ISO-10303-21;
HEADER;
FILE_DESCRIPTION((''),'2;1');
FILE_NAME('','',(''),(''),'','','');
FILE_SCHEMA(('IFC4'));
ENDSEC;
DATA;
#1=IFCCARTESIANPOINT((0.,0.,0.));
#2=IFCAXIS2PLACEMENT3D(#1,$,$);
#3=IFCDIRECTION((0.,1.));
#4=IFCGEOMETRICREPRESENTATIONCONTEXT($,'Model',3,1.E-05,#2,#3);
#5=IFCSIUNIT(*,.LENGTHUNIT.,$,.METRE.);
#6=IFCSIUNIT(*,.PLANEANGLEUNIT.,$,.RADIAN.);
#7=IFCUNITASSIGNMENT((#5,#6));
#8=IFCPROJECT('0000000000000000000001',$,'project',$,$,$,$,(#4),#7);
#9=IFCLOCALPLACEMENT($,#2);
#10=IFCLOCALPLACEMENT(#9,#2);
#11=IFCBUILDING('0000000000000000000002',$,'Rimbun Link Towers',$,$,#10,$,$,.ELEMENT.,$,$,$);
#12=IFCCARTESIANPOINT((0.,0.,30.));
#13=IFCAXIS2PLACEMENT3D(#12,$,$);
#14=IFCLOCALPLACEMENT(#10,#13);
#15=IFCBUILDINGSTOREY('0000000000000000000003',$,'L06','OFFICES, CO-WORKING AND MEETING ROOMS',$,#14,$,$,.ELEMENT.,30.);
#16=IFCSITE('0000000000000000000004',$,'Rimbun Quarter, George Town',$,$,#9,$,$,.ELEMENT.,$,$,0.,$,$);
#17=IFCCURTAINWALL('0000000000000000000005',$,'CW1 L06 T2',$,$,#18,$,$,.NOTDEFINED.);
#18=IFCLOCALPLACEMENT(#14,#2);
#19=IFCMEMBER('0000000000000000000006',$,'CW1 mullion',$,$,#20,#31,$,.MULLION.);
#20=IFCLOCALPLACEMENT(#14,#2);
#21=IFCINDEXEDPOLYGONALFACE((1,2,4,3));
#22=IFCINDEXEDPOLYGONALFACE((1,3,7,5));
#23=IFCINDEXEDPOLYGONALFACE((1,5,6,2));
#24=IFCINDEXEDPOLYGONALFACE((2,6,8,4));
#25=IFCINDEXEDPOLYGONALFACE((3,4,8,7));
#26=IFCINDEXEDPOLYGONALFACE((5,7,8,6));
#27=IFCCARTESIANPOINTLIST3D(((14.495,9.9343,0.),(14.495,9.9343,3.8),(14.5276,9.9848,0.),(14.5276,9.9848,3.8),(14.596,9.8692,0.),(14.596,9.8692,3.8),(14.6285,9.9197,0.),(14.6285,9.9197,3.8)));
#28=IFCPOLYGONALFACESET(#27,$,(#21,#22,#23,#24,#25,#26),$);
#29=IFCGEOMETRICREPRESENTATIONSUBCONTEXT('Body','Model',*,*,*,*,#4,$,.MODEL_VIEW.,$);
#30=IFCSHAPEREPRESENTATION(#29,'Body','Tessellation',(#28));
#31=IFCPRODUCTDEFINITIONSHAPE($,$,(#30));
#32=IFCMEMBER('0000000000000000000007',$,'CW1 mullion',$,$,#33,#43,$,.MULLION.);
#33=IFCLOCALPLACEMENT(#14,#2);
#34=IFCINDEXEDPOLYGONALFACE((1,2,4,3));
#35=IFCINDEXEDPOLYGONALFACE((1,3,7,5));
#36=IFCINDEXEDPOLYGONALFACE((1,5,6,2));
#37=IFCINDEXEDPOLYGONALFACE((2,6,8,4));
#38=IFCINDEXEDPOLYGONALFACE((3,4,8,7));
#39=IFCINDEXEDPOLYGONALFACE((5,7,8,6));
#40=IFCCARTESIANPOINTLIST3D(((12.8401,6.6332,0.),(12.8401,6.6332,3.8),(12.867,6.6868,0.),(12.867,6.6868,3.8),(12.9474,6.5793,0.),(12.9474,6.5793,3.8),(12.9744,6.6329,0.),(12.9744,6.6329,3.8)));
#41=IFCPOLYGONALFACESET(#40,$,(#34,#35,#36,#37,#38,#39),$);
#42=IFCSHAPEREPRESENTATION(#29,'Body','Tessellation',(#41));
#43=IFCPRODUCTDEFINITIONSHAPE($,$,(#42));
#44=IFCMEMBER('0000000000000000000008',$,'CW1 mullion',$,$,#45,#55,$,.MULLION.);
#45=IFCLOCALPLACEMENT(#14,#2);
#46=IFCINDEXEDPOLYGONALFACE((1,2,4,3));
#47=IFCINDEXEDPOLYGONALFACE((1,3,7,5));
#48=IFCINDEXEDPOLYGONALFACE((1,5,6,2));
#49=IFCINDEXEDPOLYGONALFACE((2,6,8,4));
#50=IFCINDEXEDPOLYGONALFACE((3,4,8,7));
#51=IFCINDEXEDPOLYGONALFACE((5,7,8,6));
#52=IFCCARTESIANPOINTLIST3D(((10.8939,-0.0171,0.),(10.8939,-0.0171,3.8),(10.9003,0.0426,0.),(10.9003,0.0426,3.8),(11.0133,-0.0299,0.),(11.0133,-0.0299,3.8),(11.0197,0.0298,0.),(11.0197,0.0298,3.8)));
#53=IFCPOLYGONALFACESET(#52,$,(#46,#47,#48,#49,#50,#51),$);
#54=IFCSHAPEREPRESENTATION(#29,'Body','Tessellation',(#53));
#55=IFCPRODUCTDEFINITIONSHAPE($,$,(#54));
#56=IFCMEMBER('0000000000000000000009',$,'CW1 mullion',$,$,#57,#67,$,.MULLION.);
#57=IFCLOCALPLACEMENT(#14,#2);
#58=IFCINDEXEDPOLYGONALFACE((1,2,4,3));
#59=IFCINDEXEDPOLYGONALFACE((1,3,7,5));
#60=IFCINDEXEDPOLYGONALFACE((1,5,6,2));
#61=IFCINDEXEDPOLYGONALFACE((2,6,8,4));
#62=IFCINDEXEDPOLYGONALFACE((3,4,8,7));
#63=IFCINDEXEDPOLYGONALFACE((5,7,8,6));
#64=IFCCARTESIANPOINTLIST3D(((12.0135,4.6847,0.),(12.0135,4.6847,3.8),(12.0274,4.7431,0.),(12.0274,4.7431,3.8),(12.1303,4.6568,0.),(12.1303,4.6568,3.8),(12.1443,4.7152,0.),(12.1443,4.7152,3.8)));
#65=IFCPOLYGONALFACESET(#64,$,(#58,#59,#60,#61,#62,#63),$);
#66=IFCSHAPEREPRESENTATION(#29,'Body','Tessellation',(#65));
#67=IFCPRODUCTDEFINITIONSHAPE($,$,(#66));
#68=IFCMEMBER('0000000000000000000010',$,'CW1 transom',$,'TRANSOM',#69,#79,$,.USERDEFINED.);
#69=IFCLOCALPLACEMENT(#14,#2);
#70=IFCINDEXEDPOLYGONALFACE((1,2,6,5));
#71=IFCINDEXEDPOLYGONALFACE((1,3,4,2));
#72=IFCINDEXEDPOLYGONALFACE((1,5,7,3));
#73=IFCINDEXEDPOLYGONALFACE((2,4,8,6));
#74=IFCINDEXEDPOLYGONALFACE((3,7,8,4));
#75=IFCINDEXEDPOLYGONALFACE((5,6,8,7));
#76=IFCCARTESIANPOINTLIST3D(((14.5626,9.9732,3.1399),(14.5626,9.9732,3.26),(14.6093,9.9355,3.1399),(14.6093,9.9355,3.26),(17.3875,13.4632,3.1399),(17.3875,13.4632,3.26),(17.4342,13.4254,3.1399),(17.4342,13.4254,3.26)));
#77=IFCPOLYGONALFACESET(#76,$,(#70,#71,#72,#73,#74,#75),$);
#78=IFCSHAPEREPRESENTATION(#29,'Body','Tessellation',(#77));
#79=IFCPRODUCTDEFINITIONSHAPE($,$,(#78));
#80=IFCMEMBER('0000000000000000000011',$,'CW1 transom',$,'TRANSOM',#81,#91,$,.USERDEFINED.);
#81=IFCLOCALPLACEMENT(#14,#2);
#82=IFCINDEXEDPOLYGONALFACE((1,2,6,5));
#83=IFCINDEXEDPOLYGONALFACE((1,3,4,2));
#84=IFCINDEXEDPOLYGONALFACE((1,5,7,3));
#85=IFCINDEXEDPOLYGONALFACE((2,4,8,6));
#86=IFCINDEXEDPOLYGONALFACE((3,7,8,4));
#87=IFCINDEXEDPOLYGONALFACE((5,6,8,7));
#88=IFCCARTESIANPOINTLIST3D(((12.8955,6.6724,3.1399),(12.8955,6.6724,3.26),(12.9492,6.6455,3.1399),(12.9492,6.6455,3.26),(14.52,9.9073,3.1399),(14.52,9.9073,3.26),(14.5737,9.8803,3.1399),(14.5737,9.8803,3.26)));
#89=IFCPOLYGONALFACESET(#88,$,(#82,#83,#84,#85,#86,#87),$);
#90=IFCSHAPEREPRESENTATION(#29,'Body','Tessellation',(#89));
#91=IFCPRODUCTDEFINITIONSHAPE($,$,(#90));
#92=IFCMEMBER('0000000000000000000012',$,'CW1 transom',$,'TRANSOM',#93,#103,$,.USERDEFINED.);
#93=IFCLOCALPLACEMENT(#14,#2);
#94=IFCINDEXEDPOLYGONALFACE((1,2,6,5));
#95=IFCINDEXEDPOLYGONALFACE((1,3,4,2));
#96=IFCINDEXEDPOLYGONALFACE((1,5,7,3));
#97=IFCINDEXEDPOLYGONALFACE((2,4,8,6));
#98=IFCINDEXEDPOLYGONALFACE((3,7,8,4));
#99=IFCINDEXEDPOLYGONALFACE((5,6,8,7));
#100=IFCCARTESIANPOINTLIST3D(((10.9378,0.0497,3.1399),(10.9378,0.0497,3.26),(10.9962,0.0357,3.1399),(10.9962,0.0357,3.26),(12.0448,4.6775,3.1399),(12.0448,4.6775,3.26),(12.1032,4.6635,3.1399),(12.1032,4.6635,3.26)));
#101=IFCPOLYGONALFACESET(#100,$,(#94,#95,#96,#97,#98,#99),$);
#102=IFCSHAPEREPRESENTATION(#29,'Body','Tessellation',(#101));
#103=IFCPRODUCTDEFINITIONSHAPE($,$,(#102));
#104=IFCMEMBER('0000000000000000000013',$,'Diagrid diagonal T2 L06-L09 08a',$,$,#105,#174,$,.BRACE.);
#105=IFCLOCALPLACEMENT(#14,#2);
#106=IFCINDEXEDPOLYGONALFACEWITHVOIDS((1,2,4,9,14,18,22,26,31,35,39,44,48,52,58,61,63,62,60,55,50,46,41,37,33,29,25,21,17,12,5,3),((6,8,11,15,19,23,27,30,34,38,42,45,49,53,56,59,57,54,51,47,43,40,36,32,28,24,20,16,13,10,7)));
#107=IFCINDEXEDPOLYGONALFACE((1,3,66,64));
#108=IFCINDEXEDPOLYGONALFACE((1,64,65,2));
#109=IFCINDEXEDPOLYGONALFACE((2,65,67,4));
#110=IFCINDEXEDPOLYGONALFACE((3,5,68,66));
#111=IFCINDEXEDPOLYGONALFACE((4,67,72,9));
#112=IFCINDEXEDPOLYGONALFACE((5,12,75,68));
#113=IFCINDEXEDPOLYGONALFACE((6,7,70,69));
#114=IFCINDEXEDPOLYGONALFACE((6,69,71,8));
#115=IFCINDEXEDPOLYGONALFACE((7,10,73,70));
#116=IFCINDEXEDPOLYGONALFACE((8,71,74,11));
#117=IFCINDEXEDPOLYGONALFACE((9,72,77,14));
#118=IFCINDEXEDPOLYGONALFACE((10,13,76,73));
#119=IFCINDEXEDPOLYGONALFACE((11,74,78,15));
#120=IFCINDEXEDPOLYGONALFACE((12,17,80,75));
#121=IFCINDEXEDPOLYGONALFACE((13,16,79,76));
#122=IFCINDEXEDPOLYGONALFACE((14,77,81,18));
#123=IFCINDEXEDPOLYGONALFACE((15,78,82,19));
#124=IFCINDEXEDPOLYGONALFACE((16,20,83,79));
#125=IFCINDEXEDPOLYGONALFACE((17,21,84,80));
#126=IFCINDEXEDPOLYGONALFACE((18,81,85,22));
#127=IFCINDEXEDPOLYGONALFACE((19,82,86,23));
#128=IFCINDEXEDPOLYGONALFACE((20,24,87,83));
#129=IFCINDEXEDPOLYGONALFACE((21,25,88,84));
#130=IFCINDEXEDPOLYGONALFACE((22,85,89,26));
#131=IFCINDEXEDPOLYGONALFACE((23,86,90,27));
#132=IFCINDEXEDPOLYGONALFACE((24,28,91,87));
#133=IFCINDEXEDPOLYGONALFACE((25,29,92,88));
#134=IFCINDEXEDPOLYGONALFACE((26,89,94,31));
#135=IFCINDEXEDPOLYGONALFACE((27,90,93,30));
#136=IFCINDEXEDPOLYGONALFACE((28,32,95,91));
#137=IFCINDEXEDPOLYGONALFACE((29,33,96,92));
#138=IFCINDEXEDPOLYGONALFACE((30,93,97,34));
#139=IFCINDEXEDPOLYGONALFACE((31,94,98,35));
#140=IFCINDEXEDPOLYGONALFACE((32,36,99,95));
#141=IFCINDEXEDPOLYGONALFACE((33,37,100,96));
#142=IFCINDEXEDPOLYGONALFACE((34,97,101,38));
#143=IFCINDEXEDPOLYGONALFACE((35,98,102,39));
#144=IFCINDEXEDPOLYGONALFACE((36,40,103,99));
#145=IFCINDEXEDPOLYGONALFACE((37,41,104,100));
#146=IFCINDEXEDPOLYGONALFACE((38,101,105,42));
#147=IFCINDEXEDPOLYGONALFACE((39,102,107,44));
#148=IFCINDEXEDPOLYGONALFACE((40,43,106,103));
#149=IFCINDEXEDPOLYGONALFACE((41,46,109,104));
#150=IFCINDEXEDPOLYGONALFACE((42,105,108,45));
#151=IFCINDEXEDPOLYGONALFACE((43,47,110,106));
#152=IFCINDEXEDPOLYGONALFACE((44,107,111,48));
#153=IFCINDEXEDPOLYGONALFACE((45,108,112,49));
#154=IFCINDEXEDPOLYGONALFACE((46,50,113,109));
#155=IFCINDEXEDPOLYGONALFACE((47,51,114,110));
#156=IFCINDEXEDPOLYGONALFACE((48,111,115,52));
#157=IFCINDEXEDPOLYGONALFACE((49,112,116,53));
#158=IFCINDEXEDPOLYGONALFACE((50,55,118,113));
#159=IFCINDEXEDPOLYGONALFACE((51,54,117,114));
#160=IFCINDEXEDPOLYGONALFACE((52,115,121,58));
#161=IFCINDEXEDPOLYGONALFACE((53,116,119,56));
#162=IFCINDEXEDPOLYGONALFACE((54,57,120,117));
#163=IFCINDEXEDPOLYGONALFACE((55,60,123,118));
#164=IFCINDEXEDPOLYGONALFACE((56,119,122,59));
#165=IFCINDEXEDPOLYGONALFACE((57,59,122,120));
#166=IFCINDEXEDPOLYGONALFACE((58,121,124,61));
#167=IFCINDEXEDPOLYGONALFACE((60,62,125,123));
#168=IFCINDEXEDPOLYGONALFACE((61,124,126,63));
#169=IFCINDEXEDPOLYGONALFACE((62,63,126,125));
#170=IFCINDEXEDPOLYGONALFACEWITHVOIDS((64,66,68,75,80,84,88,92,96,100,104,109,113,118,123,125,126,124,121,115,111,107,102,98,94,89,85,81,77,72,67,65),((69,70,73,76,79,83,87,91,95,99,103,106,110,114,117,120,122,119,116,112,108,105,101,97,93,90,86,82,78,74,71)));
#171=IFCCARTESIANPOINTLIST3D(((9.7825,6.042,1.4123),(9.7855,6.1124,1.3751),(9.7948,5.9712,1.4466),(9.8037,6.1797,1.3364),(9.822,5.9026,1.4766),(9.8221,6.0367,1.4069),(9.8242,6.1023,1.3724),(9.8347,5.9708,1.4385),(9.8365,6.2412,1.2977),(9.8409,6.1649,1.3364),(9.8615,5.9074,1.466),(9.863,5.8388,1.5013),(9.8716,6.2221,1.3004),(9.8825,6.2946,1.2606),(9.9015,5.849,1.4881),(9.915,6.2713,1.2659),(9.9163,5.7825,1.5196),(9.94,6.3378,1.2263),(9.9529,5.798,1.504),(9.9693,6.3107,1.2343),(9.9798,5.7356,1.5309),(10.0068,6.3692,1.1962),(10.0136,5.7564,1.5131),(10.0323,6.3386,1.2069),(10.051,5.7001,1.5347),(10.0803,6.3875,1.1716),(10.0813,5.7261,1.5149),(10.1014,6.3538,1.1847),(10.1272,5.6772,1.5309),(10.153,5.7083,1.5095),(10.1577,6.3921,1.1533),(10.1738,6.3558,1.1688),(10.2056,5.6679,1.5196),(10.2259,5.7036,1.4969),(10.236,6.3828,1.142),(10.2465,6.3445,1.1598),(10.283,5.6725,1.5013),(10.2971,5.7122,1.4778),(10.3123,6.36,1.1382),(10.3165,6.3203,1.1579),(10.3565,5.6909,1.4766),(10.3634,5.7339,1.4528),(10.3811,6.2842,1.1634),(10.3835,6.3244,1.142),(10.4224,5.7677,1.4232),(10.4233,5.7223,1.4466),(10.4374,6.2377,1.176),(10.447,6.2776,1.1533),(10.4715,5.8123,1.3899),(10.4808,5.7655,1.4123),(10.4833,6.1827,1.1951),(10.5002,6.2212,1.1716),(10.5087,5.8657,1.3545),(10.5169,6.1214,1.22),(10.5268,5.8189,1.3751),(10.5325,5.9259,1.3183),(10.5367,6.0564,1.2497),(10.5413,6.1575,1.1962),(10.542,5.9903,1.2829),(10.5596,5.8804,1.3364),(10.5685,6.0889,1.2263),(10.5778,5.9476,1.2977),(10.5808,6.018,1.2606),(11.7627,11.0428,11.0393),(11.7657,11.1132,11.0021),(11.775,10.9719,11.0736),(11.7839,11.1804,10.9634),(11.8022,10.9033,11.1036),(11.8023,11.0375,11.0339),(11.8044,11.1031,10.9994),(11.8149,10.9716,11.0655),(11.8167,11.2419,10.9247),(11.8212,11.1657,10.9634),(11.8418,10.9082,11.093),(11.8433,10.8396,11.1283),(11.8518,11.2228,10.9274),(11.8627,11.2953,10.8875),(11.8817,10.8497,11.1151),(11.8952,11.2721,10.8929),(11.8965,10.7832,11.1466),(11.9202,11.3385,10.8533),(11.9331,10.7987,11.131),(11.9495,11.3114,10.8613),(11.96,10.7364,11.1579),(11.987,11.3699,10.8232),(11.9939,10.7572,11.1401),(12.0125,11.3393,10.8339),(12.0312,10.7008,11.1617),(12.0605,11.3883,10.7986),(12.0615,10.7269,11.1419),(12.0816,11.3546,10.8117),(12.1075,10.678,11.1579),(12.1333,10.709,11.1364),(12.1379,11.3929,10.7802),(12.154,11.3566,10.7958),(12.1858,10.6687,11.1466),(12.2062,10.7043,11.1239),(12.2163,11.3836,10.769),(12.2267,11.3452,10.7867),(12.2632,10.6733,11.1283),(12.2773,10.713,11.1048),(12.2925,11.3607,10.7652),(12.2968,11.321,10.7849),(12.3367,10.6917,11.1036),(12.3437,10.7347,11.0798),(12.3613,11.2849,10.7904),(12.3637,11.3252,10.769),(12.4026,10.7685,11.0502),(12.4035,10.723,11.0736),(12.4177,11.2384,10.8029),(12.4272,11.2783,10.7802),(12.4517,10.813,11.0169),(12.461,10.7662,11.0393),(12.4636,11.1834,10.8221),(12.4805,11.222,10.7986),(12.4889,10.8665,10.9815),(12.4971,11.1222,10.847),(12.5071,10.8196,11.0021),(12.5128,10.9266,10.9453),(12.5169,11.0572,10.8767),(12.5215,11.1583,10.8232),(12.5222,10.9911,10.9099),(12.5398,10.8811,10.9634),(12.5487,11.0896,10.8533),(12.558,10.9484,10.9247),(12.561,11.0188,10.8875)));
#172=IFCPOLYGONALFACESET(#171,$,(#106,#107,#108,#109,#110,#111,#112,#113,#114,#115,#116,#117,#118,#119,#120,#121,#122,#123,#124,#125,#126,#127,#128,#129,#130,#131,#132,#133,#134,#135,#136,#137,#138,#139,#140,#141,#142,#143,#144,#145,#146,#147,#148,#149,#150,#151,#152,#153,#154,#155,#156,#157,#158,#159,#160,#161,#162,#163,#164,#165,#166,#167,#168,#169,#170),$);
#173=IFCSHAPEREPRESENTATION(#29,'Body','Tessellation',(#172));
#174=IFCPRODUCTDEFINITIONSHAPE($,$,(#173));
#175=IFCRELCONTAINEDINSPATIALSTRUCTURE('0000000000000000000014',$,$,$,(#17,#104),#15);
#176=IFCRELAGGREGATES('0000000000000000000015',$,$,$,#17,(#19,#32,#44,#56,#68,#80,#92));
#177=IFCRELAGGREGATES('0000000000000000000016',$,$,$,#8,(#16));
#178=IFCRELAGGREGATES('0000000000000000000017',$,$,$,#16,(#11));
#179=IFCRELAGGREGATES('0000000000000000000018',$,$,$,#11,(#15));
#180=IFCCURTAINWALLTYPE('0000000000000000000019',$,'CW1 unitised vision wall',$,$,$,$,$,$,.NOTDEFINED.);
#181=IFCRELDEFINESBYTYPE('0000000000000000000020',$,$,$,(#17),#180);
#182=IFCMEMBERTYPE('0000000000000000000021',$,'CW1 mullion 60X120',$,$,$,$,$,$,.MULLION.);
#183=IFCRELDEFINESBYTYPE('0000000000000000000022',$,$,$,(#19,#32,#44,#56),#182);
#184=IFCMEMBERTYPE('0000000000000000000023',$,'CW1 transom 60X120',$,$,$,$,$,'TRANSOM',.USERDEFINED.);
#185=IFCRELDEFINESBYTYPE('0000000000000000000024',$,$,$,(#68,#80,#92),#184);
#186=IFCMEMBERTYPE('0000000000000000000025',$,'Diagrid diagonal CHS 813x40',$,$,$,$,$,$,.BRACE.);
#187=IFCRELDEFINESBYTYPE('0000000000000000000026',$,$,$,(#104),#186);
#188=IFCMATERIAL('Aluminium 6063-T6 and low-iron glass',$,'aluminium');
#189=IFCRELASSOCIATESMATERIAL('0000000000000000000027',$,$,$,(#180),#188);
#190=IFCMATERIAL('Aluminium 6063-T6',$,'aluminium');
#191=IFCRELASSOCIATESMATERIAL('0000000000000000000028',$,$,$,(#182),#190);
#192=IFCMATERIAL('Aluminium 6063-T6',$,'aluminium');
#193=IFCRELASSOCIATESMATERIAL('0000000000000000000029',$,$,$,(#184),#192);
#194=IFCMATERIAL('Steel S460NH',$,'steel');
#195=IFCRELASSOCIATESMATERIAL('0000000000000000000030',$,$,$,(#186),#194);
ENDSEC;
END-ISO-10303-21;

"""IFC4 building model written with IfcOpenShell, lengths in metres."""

from ifc_helpers import new_model, si_unit, direction, frame, origin, origin_2d, place, context, subcontext, project, spatial, rectangle, hollow_circle, extrude, material, material_profile, profile_set, type_object, element, aggregate, save


model = new_model("IFC4")

# Units and contexts
model_context = context("Model", 3, precision=1e-05, world=origin(), true_north=direction((0.0, 1.0)))
body_context = subcontext(model_context, "Body", "Model", "MODEL_VIEW")
ifc_project = project(units=[si_unit("LENGTHUNIT", "METRE"), si_unit("PLANEANGLEUNIT", "RADIAN")], contexts=[model_context])

# Site, building, storey
site_placement = place(None, origin())
site = spatial("IfcSite", under=ifc_project, at=site_placement, Name="Rimbun Quarter, George Town", CompositionType="ELEMENT", RefElevation=0.0)
building_placement = place(site_placement, origin())
building = spatial("IfcBuilding", under=site, at=building_placement, Name="Rimbun Link Towers", CompositionType="ELEMENT")
storey_placement = place(building_placement, frame((0.0, 0.0, 30.0)))
storey = spatial("IfcBuildingStorey", under=building, at=storey_placement, Name="L06", Description="OFFICES, CO-WORKING AND MEETING ROOMS", CompositionType="ELEMENT", Elevation=30.0)

# Curtain wall, members
ifc_material_1 = material(Name="Aluminium 6063-T6 and low-iron glass", Category="aluminium")
curtain_wall_type = type_object("IfcCurtainWallType", Name="CW1 unitised vision wall", PredefinedType="NOTDEFINED", material=ifc_material_1)
curtain_wall_placement = place(storey_placement, origin())
curtain_wall = element("IfcCurtainWall", 1, at=curtain_wall_placement, inside=storey, type_object=curtain_wall_type, Name="CW1 L06 T2", PredefinedType="NOTDEFINED")
ifc_material_2 = material(Name="Aluminium 6063-T6", Category="aluminium")
ifc_material_profile_1 = material_profile(ifc_material_2, rectangle(XDim=0.1201, YDim=0.0601, at=origin_2d()), Name="MULLION 60X120")
ifc_profile_set_1 = profile_set([ifc_material_profile_1], Name="Aluminium 6063-T6")
member_type_1 = type_object("IfcMemberType", Name="CW1 mullion 60X120", PredefinedType="MULLION", material=ifc_profile_set_1)
member_1_placement = place(storey_placement, frame((14.5618, 9.927, 0.0), z_axis=(0.0, 0.0, 1.0), x_axis=(-0.840318, 0.542093, 0.0)))
member_1 = element("IfcMember", 2, at=member_1_placement, type_object=member_type_1, Name="CW1 mullion", PredefinedType="MULLION", context=body_context, shape_type="SweptSolid", body=[
    extrude(rectangle(XDim=0.1201, YDim=0.0601, at=origin_2d()), origin(), (0.0, 0.0, 1.0), 3.8),
])
member_2_placement = place(storey_placement, frame((12.9072, 6.6331, 0.0), z_axis=(0.0, 0.0, 1.0), x_axis=(-0.893646, 0.448773, 0.0)))
member_2 = element("IfcMember", 3, at=member_2_placement, type_object=member_type_1, Name="CW1 mullion", PredefinedType="MULLION", context=body_context, shape_type="SweptSolid", body=[
    extrude(rectangle(XDim=0.1201, YDim=0.0601, at=origin_2d()), origin(), (0.0, 0.0, 1.0), 3.8),
])
member_3_placement = place(storey_placement, frame((10.9568, 0.0063, 0.0), z_axis=(0.0, 0.0, 1.0), x_axis=(-0.994297, 0.106645, 0.0)))
member_3 = element("IfcMember", 4, at=member_3_placement, type_object=member_type_1, Name="CW1 mullion", PredefinedType="MULLION", context=body_context, shape_type="SweptSolid", body=[
    extrude(rectangle(XDim=0.1201, YDim=0.0601, at=origin_2d()), origin(), (0.0, 0.0, 1.0), 3.8),
])
member_4_placement = place(storey_placement, frame((12.0789, 4.7, 0.0), z_axis=(0.0, 0.0, 1.0), x_axis=(-0.972569, 0.232613, 0.0)))
member_4 = element("IfcMember", 5, at=member_4_placement, type_object=member_type_1, Name="CW1 mullion", PredefinedType="MULLION", context=body_context, shape_type="SweptSolid", body=[
    extrude(rectangle(XDim=0.1201, YDim=0.0601, at=origin_2d()), origin(), (0.0, 0.0, 1.0), 3.8),
])
ifc_material_3 = material(Name="Aluminium 6063-T6", Category="aluminium")
ifc_material_profile_2 = material_profile(ifc_material_3, rectangle(XDim=0.0601, YDim=0.1201, at=origin_2d()), Name="TRANSOM 60X120")
ifc_profile_set_2 = profile_set([ifc_material_profile_2], Name="Aluminium 6063-T6")
member_type_2 = type_object("IfcMemberType", Name="CW1 transom 60X120", ElementType="TRANSOM", PredefinedType="USERDEFINED", material=ifc_profile_set_2)
member_5_placement = place(storey_placement, frame((14.5859, 9.9543, 3.2), z_axis=(0.629161, 0.777275, 0.0), x_axis=(-0.777275, 0.629161, 0.0)))
member_5 = element("IfcMember", 6, at=member_5_placement, type_object=member_type_2, Name="CW1 transom", ObjectType="TRANSOM", PredefinedType="USERDEFINED", context=body_context, shape_type="SweptSolid", body=[
    extrude(rectangle(XDim=0.0601, YDim=0.1201, at=origin_2d()), origin(), (0.0, 0.0, 1.0), 4.49),
])
member_6_placement = place(storey_placement, frame((12.9224, 6.6589, 3.2), z_axis=(0.448778, 0.893643, 0.0), x_axis=(-0.893643, 0.448778, 0.0)))
member_6 = element("IfcMember", 7, at=member_6_placement, type_object=member_type_2, Name="CW1 transom", ObjectType="TRANSOM", PredefinedType="USERDEFINED", context=body_context, shape_type="SweptSolid", body=[
    extrude(rectangle(XDim=0.0601, YDim=0.1201, at=origin_2d()), origin(), (0.0, 0.0, 1.0), 3.6199),
])
member_7_placement = place(storey_placement, frame((10.967, 0.0427, 3.2), z_axis=(0.232635, 0.972564, 0.0), x_axis=(-0.972564, 0.232635, 0.0)))
member_7 = element("IfcMember", 8, at=member_7_placement, type_object=member_type_2, Name="CW1 transom", ObjectType="TRANSOM", PredefinedType="USERDEFINED", context=body_context, shape_type="SweptSolid", body=[
    extrude(rectangle(XDim=0.0601, YDim=0.1201, at=origin_2d()), origin(), (0.0, 0.0, 1.0), 4.7583),
])

# Member
ifc_material_4 = material(Name="Steel S460NH", Category="steel")
ifc_material_profile_3 = material_profile(ifc_material_4, hollow_circle(Radius=0.4065, WallThickness=0.04, at=origin_2d()), Name="Diagrid diagonal CHS 813x40")
ifc_profile_set_3 = profile_set([ifc_material_profile_3], Name="Steel S460NH")
member_type_3 = type_object("IfcMemberType", Name="Diagrid diagonal CHS 813x40", PredefinedType="BRACE", material=ifc_profile_set_3)
member_8_placement = place(storey_placement, frame((10.1816, 6.03, 1.3364), z_axis=(0.179571, 0.453476, 0.872991), x_axis=(-0.929758, 0.368172, 0.0)))
element("IfcMember", 9, at=member_8_placement, inside=storey, type_object=member_type_3, Name="Diagrid diagonal T2 L06-L09 08a", PredefinedType="BRACE", context=body_context, shape_type="SweptSolid", body=[
    extrude(hollow_circle(Radius=0.4065, WallThickness=0.04, at=origin_2d()), origin(), (0.0, 0.0, 1.0), 11.0276),
])

aggregate(curtain_wall, [member_1, member_2, member_3, member_4, member_5, member_6, member_7])

save(model, "model.ifc")
